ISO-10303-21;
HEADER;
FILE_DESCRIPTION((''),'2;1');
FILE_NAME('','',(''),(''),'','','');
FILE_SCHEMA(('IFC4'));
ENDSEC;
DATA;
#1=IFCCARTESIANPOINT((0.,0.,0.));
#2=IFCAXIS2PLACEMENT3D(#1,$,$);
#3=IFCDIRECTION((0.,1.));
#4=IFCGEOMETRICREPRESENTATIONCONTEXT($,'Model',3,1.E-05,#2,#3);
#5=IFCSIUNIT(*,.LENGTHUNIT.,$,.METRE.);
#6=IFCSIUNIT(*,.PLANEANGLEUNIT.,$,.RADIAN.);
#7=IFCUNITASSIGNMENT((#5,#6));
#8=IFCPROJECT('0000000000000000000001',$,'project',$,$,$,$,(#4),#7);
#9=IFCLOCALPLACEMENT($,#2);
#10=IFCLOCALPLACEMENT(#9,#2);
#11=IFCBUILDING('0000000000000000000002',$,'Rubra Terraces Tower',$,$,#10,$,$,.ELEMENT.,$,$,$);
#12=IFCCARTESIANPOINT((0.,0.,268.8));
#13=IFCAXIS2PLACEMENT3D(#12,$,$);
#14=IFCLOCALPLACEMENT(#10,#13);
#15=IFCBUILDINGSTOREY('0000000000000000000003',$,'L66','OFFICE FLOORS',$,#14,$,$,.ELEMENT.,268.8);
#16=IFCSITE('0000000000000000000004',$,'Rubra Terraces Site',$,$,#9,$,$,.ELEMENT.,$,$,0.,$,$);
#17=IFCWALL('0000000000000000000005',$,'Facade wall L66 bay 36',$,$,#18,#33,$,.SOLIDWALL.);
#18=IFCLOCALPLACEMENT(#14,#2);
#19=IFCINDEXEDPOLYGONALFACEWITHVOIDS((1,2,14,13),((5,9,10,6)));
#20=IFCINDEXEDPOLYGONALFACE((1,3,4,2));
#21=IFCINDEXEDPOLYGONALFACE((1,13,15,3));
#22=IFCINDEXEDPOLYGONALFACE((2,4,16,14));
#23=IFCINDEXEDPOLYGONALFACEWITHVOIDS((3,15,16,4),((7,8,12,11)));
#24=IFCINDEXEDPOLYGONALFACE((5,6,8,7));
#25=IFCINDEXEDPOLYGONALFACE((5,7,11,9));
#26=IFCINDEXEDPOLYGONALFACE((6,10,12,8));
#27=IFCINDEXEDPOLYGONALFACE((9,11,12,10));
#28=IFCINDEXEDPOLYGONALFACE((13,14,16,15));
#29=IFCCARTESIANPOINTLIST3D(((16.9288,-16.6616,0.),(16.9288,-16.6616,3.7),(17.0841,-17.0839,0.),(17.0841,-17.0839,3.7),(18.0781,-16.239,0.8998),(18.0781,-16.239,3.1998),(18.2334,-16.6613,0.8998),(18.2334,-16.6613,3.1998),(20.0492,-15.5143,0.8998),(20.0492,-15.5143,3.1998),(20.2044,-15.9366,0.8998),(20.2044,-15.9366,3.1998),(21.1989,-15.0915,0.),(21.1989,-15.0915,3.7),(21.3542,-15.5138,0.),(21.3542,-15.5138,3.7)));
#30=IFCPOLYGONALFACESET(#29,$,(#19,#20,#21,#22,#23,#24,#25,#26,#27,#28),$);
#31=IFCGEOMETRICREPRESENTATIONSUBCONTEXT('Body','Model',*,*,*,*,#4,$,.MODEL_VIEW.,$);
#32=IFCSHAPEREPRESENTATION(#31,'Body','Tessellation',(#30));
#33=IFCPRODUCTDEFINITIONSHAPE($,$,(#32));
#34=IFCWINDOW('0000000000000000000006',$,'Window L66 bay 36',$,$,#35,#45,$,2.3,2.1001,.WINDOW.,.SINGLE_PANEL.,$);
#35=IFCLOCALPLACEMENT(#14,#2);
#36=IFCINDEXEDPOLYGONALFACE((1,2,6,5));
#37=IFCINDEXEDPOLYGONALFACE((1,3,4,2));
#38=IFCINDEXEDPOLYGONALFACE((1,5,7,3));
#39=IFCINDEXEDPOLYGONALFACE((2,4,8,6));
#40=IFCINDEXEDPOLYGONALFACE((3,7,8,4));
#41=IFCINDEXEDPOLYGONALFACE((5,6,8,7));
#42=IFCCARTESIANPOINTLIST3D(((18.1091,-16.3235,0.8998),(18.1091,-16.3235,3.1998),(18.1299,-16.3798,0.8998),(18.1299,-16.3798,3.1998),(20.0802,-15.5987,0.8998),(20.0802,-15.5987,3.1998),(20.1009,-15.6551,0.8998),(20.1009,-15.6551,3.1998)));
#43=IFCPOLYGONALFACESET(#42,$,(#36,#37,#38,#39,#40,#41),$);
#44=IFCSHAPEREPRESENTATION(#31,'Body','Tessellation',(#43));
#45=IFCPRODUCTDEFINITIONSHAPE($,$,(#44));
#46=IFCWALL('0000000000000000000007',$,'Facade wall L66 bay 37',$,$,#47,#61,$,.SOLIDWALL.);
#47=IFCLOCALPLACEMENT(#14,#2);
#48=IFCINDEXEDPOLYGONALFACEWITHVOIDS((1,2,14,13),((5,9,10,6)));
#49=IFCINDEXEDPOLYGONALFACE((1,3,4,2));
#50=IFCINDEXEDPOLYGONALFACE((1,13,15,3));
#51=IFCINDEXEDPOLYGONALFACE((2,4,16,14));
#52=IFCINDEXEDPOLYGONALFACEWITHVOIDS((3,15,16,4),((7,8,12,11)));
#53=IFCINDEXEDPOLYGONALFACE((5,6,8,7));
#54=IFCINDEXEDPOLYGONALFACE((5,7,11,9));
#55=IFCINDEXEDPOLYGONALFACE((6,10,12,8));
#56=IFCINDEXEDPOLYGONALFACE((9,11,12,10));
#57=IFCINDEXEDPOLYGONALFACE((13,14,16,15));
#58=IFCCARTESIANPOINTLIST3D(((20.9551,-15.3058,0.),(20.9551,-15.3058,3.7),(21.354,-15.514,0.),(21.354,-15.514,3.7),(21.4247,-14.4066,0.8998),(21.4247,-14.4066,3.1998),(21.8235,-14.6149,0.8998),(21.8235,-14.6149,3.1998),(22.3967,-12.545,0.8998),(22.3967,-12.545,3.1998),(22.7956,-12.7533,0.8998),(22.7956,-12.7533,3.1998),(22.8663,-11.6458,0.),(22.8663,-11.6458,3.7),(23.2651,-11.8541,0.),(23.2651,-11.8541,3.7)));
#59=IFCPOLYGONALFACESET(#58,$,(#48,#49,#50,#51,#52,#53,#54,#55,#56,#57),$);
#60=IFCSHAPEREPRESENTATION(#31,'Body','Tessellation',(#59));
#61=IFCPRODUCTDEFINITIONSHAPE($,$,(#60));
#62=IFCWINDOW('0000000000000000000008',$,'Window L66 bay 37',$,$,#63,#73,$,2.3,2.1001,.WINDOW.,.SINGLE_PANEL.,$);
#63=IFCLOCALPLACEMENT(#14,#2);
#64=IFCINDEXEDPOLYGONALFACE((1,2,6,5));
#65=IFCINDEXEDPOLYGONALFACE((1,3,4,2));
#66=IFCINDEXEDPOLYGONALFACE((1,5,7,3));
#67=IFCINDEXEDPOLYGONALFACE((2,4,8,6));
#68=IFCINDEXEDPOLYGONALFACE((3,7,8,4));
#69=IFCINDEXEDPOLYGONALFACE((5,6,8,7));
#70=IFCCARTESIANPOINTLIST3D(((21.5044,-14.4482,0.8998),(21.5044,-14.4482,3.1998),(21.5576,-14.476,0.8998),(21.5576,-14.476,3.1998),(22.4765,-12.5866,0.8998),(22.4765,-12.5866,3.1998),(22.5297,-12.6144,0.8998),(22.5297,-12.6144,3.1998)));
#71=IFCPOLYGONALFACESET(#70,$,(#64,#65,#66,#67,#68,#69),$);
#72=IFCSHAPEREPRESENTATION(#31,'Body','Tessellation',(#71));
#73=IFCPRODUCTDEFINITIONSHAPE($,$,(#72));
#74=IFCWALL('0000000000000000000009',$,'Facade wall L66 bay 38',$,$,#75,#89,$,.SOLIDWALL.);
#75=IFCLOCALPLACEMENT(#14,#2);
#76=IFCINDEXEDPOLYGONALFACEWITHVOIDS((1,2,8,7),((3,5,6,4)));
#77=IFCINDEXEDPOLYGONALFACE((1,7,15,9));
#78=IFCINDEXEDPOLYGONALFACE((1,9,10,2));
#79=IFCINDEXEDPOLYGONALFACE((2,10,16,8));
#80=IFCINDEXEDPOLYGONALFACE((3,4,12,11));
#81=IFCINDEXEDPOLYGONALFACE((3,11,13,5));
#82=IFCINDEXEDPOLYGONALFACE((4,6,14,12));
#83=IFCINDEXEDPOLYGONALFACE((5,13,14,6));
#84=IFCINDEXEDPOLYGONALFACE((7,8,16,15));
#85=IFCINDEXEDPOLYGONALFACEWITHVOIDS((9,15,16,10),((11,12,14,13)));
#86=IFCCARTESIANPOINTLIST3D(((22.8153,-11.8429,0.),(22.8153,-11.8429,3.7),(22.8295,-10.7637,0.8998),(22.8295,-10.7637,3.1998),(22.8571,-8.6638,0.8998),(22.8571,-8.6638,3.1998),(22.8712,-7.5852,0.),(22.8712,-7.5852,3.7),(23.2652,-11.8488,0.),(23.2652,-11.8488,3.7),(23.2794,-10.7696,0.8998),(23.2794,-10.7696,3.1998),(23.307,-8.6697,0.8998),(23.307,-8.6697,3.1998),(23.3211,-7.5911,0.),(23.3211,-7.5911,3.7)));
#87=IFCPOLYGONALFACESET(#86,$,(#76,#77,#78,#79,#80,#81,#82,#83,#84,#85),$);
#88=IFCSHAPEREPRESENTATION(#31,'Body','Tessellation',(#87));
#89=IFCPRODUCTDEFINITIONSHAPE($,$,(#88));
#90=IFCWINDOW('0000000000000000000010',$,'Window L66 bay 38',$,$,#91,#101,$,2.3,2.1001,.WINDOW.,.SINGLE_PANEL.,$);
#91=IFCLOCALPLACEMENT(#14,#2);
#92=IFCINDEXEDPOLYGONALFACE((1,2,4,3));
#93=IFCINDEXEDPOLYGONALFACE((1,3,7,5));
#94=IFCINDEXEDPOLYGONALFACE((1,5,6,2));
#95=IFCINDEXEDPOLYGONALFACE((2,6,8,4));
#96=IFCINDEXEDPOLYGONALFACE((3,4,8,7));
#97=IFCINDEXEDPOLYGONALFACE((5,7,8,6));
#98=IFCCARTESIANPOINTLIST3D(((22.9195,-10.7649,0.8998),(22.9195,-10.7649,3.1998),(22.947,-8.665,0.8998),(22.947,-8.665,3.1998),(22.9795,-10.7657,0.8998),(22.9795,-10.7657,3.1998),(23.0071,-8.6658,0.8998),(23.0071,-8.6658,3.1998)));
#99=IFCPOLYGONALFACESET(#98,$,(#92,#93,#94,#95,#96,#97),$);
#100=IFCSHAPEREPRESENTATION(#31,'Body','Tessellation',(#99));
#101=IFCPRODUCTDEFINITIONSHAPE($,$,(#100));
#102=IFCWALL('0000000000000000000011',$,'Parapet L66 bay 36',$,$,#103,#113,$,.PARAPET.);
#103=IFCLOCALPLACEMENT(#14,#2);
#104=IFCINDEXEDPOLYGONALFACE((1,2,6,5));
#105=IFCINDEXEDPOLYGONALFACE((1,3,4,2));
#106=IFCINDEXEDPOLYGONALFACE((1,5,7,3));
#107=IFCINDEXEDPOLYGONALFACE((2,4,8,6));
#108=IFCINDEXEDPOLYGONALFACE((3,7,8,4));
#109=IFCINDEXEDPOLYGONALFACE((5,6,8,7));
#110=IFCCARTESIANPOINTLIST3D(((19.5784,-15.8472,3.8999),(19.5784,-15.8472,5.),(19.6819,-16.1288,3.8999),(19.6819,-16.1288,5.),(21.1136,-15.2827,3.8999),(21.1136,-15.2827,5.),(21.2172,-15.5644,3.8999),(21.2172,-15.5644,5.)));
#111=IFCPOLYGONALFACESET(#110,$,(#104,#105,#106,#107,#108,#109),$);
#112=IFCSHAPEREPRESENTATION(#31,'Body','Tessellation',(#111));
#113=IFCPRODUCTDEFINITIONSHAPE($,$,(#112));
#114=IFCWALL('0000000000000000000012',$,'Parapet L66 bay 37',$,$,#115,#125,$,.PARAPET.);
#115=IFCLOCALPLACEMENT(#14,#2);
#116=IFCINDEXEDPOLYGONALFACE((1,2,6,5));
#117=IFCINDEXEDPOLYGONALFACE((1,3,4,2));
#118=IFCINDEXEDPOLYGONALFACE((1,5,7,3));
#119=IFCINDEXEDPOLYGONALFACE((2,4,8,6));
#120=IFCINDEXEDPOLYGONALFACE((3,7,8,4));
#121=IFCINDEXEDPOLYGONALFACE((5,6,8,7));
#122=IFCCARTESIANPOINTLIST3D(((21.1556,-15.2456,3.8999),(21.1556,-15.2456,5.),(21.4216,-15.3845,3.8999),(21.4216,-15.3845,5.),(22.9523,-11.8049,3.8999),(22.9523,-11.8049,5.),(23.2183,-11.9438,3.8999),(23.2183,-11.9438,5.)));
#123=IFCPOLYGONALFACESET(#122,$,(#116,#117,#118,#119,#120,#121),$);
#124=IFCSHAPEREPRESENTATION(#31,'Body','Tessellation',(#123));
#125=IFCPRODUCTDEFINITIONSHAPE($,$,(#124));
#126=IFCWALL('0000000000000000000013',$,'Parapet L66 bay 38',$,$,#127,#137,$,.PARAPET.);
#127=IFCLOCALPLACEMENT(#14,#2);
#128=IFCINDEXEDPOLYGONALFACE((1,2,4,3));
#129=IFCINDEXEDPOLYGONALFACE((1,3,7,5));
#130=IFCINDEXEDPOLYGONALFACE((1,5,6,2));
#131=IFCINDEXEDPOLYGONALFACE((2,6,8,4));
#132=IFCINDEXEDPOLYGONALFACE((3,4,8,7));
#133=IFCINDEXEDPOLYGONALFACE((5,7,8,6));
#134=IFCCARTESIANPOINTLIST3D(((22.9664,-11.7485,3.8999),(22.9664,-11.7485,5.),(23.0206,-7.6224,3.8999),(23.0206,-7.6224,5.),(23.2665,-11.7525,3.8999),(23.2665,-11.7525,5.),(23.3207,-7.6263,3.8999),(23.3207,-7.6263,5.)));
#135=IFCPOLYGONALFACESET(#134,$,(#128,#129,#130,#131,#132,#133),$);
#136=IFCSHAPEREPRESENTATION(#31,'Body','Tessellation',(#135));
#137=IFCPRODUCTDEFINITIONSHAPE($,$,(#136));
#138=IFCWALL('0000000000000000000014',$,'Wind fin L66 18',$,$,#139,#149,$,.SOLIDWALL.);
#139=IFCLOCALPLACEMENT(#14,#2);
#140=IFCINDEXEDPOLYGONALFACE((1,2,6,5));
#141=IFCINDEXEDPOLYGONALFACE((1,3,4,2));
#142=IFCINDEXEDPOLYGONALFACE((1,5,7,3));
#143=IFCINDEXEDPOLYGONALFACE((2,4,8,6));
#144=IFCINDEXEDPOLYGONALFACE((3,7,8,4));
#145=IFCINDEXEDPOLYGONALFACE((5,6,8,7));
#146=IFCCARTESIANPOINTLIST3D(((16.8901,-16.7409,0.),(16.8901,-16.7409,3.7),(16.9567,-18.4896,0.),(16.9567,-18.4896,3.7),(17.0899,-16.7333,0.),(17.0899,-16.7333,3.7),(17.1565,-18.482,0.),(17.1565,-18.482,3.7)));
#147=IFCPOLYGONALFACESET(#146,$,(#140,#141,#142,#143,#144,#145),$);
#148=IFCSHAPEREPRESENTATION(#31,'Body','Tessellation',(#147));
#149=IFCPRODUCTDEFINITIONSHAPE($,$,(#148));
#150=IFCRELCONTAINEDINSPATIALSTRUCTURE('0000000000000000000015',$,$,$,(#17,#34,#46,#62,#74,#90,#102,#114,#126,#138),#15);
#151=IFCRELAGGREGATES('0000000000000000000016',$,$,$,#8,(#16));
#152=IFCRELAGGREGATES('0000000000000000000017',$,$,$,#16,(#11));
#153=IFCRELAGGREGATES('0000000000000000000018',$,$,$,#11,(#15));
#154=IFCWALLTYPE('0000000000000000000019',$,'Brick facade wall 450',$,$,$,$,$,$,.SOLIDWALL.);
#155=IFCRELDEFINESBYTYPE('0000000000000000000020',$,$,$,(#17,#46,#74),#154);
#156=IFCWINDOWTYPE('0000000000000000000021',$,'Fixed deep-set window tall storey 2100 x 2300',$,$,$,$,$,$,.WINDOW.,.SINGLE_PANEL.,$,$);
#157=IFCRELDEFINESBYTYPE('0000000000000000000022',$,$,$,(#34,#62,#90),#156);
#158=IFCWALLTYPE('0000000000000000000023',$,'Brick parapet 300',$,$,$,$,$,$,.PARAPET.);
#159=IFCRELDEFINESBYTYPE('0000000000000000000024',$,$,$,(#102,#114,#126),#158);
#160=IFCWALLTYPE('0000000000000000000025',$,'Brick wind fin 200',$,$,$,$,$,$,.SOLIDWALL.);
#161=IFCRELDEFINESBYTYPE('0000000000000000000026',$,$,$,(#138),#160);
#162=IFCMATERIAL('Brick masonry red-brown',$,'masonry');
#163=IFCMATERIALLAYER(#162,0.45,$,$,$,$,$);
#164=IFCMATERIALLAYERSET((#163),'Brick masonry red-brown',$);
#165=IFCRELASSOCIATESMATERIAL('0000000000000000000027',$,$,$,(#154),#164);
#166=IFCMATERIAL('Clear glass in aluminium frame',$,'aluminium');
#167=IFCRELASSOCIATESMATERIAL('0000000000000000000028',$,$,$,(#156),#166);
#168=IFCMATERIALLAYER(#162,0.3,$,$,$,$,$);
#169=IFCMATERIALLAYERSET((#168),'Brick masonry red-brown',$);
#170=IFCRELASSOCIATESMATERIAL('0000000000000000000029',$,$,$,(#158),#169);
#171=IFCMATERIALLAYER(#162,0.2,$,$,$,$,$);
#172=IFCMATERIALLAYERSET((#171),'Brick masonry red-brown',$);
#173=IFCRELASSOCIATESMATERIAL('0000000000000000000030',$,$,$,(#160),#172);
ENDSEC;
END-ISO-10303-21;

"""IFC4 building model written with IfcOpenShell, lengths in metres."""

from ifc_helpers import new_model, si_unit, direction, frame, frame_2d, origin, place, context, subcontext, project, spatial, rectangle, extrude, material, layer, layer_set, type_object, element, fill, save


model = new_model("IFC4")

# Units and contexts
model_context = context("Model", 3, precision=1e-05, world=origin(), true_north=direction((0.0, 1.0)))
body_context = subcontext(model_context, "Body", "Model", "MODEL_VIEW")
ifc_project = project(units=[si_unit("LENGTHUNIT", "METRE"), si_unit("PLANEANGLEUNIT", "RADIAN")], contexts=[model_context])

# Site, building, storey
site_placement = place(None, origin())
site = spatial("IfcSite", under=ifc_project, at=site_placement, Name="Rubra Terraces Site", CompositionType="ELEMENT", RefElevation=0.0)
building_placement = place(site_placement, origin())
building = spatial("IfcBuilding", under=site, at=building_placement, Name="Rubra Terraces Tower", CompositionType="ELEMENT")
storey_placement = place(building_placement, frame((0.0, 0.0, 268.8)))
storey = spatial("IfcBuildingStorey", under=building, at=storey_placement, Name="L66", Description="OFFICE FLOORS", CompositionType="ELEMENT", Elevation=268.8)

# Walls, openings, windows
ifc_material_1 = material(Name="Brick masonry red-brown", Category="masonry")
ifc_layer_1 = layer(ifc_material_1, 0.45)
ifc_layer_set_1 = layer_set([ifc_layer_1], Name="Brick masonry red-brown")
wall_type_1 = type_object("IfcWallType", Name="Brick facade wall 450", PredefinedType="SOLIDWALL", material=ifc_layer_set_1)
wall_1_placement = place(storey_placement, frame((17.0063, -16.8728, 0.0), z_axis=(0.0, 0.0, 1.0), x_axis=(0.938564, 0.345106, 0.0)))
wall_1 = element("IfcWall", 1, at=wall_1_placement, inside=storey, type_object=wall_type_1, Name="Facade wall L66 bay 36", PredefinedType="SOLIDWALL", context=body_context, shape_type="SweptSolid", body=[
    extrude(rectangle(XDim=4.5496, YDim=0.45, at=frame_2d((2.2749, 0.0))), origin(), (0.0, 0.0, 1.0), 3.7),
])
opening_1_placement = place(wall_1_placement, frame((1.2246, 0.0, 0.8999)))
opening_1 = element("IfcOpeningElement", 2, at=opening_1_placement, cuts=wall_1, PredefinedType="OPENING", context=body_context, shape_type="SweptSolid", body=[
    extrude(rectangle(XDim=2.1001, YDim=2.3, at=frame_2d((1.05, 1.1499))), frame((0.0, 0.2349, 0.0), z_axis=(0.0, -1.0, 0.0), x_axis=(1.0, 0.0, 0.0)), (0.0, 0.0, 1.0), 0.47),
])
ifc_material_2 = material(Name="Clear glass in aluminium frame", Category="aluminium")
window_type = type_object("IfcWindowType", Name="Fixed deep-set window tall storey 2100 x 2300", PartitioningType="SINGLE_PANEL", PredefinedType="WINDOW", material=ifc_material_2)
window_1_placement = place(opening_1_placement, origin())
window_1 = element("IfcWindow", 3, at=window_1_placement, inside=storey, type_object=window_type, Name="Window L66 bay 36", OverallHeight=2.3, OverallWidth=2.1001, PartitioningType="SINGLE_PANEL", PredefinedType="WINDOW", context=body_context, shape_type="SweptSolid", body=[
    extrude(rectangle(XDim=2.1001, YDim=2.3, at=frame_2d((1.05, 1.1499))), frame((0.0, 0.135, 0.0), z_axis=(0.0, -1.0, 0.0), x_axis=(1.0, 0.0, 0.0)), (0.0, 0.0, 1.0), 0.0601),
])
fill(opening_1, window_1)
wall_2_placement = place(storey_placement, frame((21.1545, -15.4099, 0.0), z_axis=(0.0, 0.0, 1.0), x_axis=(0.462873, 0.886425, 0.0)))
wall_2 = element("IfcWall", 4, at=wall_2_placement, inside=storey, type_object=wall_type_1, Name="Facade wall L66 bay 37", PredefinedType="SOLIDWALL", context=body_context, shape_type="SweptSolid", body=[
    extrude(rectangle(XDim=4.1289, YDim=0.45, at=frame_2d((2.0645, 0.0))), origin(), (0.0, 0.0, 1.0), 3.7),
])
opening_2_placement = place(wall_2_placement, frame((1.0144, 0.0, 0.8999)))
opening_2 = element("IfcOpeningElement", 5, at=opening_2_placement, cuts=wall_2, PredefinedType="OPENING", context=body_context, shape_type="SweptSolid", body=[
    extrude(rectangle(XDim=2.1001, YDim=2.3, at=frame_2d((1.05, 1.1499))), frame((0.0, 0.2349, 0.0), z_axis=(0.0, -1.0, 0.0), x_axis=(1.0, 0.0, 0.0)), (0.0, 0.0, 1.0), 0.47),
])
window_2_placement = place(opening_2_placement, origin())
window_2 = element("IfcWindow", 6, at=window_2_placement, inside=storey, type_object=window_type, Name="Window L66 bay 37", OverallHeight=2.3, OverallWidth=2.1001, PartitioningType="SINGLE_PANEL", PredefinedType="WINDOW", context=body_context, shape_type="SweptSolid", body=[
    extrude(rectangle(XDim=2.1001, YDim=2.3, at=frame_2d((1.05, 1.1499))), frame((0.0, 0.135, 0.0), z_axis=(0.0, -1.0, 0.0), x_axis=(1.0, 0.0, 0.0)), (0.0, 0.0, 1.0), 0.0601),
])
fill(opening_2, window_2)
wall_3_placement = place(storey_placement, frame((23.0403, -11.8457, 0.0), z_axis=(0.0, 0.0, 1.0), x_axis=(0.01313, 0.999914, 0.0)))
wall_3 = element("IfcWall", 7, at=wall_3_placement, inside=storey, type_object=wall_type_1, Name="Facade wall L66 bay 38", PredefinedType="SOLIDWALL", context=body_context, shape_type="SweptSolid", body=[
    extrude(rectangle(XDim=4.2581, YDim=0.45, at=frame_2d((2.1289, 0.0))), origin(), (0.0, 0.0, 1.0), 3.7),
])
opening_3_placement = place(wall_3_placement, frame((1.0791, 0.0, 0.8999)))
opening_3 = element("IfcOpeningElement", 8, at=opening_3_placement, cuts=wall_3, PredefinedType="OPENING", context=body_context, shape_type="SweptSolid", body=[
    extrude(rectangle(XDim=2.1001, YDim=2.3, at=frame_2d((1.05, 1.1499))), frame((0.0, 0.2349, 0.0), z_axis=(0.0, -1.0, 0.0), x_axis=(1.0, 0.0, 0.0)), (0.0, 0.0, 1.0), 0.47),
])
window_3_placement = place(opening_3_placement, origin())
window_3 = element("IfcWindow", 9, at=window_3_placement, inside=storey, type_object=window_type, Name="Window L66 bay 38", OverallHeight=2.3, OverallWidth=2.1001, PartitioningType="SINGLE_PANEL", PredefinedType="WINDOW", context=body_context, shape_type="SweptSolid", body=[
    extrude(rectangle(XDim=2.1001, YDim=2.3, at=frame_2d((1.05, 1.1499))), frame((0.0, 0.135, 0.0), z_axis=(0.0, -1.0, 0.0), x_axis=(1.0, 0.0, 0.0)), (0.0, 0.0, 1.0), 0.0601),
])
fill(opening_3, window_3)

# Walls
ifc_layer_2 = layer(ifc_material_1, 0.3)
ifc_layer_set_2 = layer_set([ifc_layer_2], Name="Brick masonry red-brown")
wall_type_2 = type_object("IfcWallType", Name="Brick parapet 300", PredefinedType="PARAPET", material=ifc_layer_set_2)
wall_4_placement = place(storey_placement, frame((19.6301, -15.988, 3.8999), z_axis=(0.0, 0.0, 1.0), x_axis=(0.938567, 0.345097, 0.0)))
element("IfcWall", 10, at=wall_4_placement, inside=storey, type_object=wall_type_2, Name="Parapet L66 bay 36", PredefinedType="PARAPET", context=body_context, shape_type="SweptSolid", body=[
    extrude(rectangle(XDim=1.6357, YDim=0.3, at=frame_2d((0.8179, 0.0))), origin(), (0.0, 0.0, 1.0), 1.1001),
])
wall_5_placement = place(storey_placement, frame((21.2886, -15.3152, 3.8999), z_axis=(0.0, 0.0, 1.0), x_axis=(0.462869, 0.886427, 0.0)))
element("IfcWall", 11, at=wall_5_placement, inside=storey, type_object=wall_type_2, Name="Parapet L66 bay 37", PredefinedType="PARAPET", context=body_context, shape_type="SweptSolid", body=[
    extrude(rectangle(XDim=3.8816, YDim=0.3, at=frame_2d((1.9409, 0.0))), origin(), (0.0, 0.0, 1.0), 1.1001),
])
wall_6_placement = place(storey_placement, frame((23.1165, -11.7505, 3.8999), z_axis=(0.0, 0.0, 1.0), x_axis=(0.013134, 0.999914, 0.0)))
element("IfcWall", 12, at=wall_6_placement, inside=storey, type_object=wall_type_2, Name="Parapet L66 bay 38", PredefinedType="PARAPET", context=body_context, shape_type="SweptSolid", body=[
    extrude(rectangle(XDim=4.1265, YDim=0.3, at=frame_2d((2.0632, 0.0))), origin(), (0.0, 0.0, 1.0), 1.1001),
])
ifc_layer_3 = layer(ifc_material_1, 0.2)
ifc_layer_set_3 = layer_set([ifc_layer_3], Name="Brick masonry red-brown")
wall_type_3 = type_object("IfcWallType", Name="Brick wind fin 200", PredefinedType="SOLIDWALL", material=ifc_layer_set_3)
wall_7_placement = place(storey_placement, frame((16.99, -16.7371, 0.0), z_axis=(0.0, 0.0, 1.0), x_axis=(0.038085, -0.999275, 0.0)))
element("IfcWall", 13, at=wall_7_placement, inside=storey, type_object=wall_type_3, Name="Wind fin L66 18", PredefinedType="SOLIDWALL", context=body_context, shape_type="SweptSolid", body=[
    extrude(rectangle(XDim=1.75, YDim=0.2, at=frame_2d((0.875, 0.0))), origin(), (0.0, 0.0, 1.0), 3.7),
])

save(model, "model.ifc")
